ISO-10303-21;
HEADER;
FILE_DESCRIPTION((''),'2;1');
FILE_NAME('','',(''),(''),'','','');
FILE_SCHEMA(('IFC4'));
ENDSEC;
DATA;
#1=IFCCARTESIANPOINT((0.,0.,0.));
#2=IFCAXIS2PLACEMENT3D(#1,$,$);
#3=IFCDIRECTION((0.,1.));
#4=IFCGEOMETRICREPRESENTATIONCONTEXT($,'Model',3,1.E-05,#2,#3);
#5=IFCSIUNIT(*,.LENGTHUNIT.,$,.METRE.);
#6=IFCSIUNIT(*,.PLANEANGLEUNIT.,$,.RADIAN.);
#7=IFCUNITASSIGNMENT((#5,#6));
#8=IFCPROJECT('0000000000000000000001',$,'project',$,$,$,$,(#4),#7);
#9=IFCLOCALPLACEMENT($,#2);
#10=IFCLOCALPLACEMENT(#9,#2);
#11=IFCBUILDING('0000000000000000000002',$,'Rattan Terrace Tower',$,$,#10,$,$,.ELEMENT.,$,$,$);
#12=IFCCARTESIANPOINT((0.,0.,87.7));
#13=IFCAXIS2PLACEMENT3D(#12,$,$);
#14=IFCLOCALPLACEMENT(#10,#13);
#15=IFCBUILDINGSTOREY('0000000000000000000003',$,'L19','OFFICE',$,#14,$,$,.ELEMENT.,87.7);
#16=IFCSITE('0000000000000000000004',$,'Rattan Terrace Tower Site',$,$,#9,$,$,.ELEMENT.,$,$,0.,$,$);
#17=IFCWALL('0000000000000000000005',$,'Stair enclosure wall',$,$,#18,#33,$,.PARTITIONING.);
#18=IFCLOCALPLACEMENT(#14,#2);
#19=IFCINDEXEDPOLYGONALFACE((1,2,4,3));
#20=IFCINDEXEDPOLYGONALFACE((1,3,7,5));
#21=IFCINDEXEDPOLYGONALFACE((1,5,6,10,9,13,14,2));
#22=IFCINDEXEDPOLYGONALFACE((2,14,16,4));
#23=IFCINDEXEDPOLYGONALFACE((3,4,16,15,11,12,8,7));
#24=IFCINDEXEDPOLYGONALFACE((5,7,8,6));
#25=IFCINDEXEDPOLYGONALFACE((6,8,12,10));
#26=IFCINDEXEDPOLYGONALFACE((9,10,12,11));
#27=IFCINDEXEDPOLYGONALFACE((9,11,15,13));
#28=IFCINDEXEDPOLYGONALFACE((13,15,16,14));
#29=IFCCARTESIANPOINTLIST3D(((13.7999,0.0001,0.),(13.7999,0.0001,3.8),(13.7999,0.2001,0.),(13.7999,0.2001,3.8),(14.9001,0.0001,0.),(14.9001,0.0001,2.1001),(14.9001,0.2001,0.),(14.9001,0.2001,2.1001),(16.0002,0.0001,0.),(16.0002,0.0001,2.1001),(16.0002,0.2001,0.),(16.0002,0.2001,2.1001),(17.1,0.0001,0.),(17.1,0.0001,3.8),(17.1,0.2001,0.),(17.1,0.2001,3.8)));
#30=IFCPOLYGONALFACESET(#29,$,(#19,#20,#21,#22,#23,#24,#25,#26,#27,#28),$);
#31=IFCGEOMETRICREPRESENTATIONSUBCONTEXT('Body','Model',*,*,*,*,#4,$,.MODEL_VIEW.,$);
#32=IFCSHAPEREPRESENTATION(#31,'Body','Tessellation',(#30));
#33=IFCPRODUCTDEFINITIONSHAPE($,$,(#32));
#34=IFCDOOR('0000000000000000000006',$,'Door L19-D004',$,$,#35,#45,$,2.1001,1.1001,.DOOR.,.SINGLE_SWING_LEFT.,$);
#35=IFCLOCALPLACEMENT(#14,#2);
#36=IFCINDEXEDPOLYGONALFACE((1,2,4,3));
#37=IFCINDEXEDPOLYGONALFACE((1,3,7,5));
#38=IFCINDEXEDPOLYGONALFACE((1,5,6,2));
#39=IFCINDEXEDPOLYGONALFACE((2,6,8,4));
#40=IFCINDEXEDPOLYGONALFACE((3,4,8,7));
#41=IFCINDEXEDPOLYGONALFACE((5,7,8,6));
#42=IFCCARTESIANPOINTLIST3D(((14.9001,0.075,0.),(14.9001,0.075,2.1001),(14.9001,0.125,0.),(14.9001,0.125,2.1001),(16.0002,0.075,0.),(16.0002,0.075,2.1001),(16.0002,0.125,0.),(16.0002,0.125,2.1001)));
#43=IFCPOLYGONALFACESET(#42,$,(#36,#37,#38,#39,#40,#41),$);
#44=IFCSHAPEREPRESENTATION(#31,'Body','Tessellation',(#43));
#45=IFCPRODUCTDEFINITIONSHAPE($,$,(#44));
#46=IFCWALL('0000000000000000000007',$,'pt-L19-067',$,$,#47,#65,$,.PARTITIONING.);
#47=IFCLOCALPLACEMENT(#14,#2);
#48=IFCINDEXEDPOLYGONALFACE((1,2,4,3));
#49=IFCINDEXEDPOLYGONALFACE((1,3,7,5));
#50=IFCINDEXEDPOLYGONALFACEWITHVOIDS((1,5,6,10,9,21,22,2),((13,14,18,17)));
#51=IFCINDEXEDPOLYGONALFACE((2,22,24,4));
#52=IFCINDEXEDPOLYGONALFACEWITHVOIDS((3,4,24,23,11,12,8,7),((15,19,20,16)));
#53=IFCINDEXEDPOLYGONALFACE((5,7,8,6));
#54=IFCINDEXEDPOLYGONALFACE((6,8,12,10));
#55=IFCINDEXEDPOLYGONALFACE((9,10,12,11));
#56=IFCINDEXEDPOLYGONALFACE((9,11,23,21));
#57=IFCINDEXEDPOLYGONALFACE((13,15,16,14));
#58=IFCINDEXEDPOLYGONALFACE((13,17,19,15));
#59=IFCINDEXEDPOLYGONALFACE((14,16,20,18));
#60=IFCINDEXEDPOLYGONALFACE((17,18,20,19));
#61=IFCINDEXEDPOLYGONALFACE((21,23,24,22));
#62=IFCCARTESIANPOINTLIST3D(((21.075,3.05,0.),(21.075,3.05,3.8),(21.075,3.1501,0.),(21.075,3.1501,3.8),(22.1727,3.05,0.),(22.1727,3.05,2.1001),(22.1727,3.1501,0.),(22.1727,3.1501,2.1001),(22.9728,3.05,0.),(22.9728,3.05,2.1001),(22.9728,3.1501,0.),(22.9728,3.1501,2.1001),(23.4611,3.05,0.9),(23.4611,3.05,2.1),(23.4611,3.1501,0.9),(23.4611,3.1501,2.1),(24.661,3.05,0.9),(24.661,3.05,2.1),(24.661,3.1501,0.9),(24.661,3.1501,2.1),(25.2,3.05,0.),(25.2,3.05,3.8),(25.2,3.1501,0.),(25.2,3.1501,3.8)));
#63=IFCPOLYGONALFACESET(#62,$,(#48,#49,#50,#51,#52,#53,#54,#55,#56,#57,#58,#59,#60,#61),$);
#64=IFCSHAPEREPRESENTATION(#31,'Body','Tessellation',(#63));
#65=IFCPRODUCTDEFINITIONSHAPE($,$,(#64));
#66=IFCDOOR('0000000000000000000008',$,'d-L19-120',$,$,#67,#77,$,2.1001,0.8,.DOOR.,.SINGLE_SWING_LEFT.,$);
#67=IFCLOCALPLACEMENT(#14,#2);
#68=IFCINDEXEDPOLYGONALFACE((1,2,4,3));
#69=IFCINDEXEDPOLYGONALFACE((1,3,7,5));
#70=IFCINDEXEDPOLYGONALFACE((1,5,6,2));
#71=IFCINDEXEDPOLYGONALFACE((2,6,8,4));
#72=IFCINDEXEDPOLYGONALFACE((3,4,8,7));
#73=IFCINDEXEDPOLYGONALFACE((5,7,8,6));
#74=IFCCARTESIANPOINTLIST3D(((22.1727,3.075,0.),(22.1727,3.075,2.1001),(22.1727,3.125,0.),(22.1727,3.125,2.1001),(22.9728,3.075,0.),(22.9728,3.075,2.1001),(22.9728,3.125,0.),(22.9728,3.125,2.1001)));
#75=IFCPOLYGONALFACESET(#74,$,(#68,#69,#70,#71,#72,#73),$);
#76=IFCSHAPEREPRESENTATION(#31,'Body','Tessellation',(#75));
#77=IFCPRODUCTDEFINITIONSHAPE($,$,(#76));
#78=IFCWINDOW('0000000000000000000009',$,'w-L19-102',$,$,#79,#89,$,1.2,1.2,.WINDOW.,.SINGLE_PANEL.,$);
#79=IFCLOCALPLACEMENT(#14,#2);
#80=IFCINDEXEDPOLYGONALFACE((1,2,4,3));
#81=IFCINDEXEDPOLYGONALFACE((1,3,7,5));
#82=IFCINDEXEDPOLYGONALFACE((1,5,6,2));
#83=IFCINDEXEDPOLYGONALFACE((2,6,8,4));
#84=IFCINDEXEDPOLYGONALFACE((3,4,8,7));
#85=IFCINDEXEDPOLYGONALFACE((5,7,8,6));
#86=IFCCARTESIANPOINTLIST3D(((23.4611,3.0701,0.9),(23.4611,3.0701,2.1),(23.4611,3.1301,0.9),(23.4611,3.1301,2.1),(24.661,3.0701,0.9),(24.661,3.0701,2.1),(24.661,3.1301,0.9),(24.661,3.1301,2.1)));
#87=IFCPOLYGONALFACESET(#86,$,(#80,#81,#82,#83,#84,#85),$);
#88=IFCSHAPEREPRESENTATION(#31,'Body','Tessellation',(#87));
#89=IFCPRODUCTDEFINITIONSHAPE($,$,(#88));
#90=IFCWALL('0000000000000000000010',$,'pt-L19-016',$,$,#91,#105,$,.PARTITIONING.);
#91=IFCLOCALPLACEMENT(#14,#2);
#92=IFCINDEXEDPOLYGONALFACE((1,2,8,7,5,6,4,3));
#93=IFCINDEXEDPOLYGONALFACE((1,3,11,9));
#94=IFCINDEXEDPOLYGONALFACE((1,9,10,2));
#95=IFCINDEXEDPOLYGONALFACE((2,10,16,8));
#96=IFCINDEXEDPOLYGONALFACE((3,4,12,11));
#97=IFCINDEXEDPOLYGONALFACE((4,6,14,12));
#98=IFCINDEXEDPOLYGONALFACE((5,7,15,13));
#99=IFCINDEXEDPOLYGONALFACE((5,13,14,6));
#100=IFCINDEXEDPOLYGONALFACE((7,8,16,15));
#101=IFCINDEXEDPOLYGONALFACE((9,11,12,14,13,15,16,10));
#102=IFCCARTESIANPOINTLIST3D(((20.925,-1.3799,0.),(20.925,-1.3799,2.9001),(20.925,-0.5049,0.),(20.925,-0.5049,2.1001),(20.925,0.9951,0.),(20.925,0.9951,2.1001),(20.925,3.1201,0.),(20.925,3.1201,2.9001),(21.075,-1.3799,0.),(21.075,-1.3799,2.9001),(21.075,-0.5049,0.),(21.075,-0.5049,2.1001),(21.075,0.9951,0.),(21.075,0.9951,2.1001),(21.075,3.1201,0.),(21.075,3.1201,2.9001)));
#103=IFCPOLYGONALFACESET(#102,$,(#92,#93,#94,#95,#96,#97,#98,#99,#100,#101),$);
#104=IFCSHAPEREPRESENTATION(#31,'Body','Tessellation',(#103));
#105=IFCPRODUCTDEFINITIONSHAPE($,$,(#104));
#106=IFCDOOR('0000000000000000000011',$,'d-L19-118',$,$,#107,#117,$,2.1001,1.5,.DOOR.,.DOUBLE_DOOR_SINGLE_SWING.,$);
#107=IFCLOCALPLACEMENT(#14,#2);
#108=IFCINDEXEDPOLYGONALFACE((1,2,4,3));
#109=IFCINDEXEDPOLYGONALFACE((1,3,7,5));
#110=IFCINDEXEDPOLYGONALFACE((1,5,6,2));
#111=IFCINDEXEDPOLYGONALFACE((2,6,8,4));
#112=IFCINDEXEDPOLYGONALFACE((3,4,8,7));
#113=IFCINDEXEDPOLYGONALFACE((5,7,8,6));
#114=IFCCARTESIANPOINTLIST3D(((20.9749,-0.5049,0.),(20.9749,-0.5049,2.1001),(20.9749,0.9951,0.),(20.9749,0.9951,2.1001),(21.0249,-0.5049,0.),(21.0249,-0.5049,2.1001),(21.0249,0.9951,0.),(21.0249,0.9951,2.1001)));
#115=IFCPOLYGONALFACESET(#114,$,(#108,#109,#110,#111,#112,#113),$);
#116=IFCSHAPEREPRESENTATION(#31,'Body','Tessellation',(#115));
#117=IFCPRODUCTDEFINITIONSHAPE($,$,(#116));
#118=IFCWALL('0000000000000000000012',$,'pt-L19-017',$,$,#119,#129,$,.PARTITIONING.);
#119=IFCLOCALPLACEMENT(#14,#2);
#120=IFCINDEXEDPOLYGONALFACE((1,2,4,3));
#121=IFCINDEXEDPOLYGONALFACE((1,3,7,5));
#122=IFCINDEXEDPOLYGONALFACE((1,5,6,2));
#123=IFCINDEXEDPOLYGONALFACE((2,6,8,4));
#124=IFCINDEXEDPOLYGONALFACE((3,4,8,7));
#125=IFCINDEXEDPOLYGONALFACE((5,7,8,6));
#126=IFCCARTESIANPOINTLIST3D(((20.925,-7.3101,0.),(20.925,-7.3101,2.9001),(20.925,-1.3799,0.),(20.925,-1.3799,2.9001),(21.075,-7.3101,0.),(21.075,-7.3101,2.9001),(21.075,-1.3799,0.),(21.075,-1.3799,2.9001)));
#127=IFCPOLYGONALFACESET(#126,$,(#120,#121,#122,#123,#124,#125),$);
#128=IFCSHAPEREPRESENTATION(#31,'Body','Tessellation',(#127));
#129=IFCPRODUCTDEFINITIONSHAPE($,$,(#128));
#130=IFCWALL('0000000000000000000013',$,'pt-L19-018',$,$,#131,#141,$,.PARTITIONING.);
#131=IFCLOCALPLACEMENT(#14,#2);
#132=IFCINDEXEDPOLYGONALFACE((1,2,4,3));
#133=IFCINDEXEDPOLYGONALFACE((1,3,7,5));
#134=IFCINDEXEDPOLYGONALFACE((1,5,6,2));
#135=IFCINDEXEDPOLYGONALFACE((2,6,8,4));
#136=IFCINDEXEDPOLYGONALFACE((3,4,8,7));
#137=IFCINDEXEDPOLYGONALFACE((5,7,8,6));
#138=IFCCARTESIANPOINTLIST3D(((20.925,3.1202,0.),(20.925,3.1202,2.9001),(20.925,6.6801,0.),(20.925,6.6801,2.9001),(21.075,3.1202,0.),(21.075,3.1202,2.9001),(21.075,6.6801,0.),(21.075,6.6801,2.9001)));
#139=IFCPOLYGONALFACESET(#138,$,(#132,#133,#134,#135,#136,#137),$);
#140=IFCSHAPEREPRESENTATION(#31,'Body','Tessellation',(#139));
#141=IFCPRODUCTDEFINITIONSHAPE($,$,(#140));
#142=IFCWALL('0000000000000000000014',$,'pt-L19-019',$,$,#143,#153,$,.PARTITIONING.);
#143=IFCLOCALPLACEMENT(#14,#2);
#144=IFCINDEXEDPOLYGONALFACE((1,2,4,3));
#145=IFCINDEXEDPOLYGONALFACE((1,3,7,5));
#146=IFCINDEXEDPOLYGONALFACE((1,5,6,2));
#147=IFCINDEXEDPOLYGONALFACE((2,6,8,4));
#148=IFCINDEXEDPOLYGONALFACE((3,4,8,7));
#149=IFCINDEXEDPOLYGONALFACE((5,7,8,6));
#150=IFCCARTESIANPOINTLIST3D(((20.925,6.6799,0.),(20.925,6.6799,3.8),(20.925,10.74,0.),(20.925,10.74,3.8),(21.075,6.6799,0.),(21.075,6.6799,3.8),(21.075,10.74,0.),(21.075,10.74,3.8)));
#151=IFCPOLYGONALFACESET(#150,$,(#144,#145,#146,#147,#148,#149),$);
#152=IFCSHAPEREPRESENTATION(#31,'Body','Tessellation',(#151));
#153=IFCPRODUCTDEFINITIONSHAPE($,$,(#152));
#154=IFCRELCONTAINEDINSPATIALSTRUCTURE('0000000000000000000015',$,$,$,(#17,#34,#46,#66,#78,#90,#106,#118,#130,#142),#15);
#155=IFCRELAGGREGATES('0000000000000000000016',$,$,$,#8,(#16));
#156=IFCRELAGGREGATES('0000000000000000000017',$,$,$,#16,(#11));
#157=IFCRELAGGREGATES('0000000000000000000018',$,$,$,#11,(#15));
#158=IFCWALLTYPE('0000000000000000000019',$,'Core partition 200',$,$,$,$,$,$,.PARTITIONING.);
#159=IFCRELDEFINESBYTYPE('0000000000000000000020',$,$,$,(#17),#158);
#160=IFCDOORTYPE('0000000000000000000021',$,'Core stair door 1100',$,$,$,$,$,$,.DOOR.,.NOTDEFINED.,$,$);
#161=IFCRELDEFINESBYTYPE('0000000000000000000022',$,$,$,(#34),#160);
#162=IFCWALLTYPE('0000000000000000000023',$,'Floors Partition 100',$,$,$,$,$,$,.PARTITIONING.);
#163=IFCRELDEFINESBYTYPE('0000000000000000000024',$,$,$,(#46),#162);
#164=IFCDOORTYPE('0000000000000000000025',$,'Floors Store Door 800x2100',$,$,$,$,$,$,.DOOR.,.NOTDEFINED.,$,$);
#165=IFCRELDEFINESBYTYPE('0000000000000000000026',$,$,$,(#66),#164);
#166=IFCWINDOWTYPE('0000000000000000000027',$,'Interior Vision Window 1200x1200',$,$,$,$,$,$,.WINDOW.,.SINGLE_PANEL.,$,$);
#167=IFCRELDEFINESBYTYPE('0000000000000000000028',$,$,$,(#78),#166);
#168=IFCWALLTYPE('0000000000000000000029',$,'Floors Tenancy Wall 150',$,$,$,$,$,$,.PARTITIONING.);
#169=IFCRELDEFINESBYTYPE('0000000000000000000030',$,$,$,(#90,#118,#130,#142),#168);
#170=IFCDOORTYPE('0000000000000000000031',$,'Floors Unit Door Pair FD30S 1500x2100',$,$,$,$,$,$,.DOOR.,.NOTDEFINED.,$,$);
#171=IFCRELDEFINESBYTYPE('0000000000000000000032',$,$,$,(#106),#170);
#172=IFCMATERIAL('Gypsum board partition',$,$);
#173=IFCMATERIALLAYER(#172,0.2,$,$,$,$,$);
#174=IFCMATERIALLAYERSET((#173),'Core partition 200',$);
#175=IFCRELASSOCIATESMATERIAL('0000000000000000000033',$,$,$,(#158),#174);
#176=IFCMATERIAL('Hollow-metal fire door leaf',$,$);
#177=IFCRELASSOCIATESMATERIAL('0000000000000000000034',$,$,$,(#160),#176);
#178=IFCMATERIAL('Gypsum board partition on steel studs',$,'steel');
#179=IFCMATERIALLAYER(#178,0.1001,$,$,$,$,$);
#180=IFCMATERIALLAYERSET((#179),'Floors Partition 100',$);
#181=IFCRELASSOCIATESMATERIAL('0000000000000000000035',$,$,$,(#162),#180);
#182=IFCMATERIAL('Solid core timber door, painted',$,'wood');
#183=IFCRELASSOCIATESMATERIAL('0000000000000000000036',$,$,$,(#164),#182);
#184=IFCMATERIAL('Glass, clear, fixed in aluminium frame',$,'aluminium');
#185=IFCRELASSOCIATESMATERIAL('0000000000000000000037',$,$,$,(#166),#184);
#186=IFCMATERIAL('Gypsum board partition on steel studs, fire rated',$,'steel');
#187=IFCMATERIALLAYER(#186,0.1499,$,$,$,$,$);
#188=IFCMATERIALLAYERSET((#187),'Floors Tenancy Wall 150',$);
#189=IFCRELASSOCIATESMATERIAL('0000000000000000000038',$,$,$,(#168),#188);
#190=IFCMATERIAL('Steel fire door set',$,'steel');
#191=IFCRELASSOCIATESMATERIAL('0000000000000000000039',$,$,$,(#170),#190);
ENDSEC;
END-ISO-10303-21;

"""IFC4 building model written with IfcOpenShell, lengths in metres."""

from ifc_helpers import new_model, si_unit, direction, frame, frame_2d, origin, place, context, subcontext, project, spatial, rectangle, extrude, material, layer, layer_set, type_object, element, fill, save


model = new_model("IFC4")

# Units and contexts
model_context = context("Model", 3, precision=1e-05, world=origin(), true_north=direction((0.0, 1.0)))
body_context = subcontext(model_context, "Body", "Model", "MODEL_VIEW")
ifc_project = project(units=[si_unit("LENGTHUNIT", "METRE"), si_unit("PLANEANGLEUNIT", "RADIAN")], contexts=[model_context])

# Site, building, storey
site_placement = place(None, origin())
site = spatial("IfcSite", under=ifc_project, at=site_placement, Name="Rattan Terrace Tower Site", CompositionType="ELEMENT", RefElevation=0.0)
building_placement = place(site_placement, origin())
building = spatial("IfcBuilding", under=site, at=building_placement, Name="Rattan Terrace Tower", CompositionType="ELEMENT")
storey_placement = place(building_placement, frame((0.0, 0.0, 87.7)))
storey = spatial("IfcBuildingStorey", under=building, at=storey_placement, Name="L19", Description="OFFICE", CompositionType="ELEMENT", Elevation=87.7)

# Wall, opening, door
ifc_material_1 = material(Name="Gypsum board partition")
ifc_layer_1 = layer(ifc_material_1, 0.2)
ifc_layer_set_1 = layer_set([ifc_layer_1], Name="Core partition 200")
wall_type_1 = type_object("IfcWallType", Name="Core partition 200", PredefinedType="PARTITIONING", material=ifc_layer_set_1)
wall_1_placement = place(storey_placement, frame((13.8, 0.1001, 0.0), z_axis=(0.0, 0.0, 1.0), x_axis=(1.0, 0.0, 0.0)))
wall_1 = element("IfcWall", 1, at=wall_1_placement, inside=storey, type_object=wall_type_1, Name="Stair enclosure wall", PredefinedType="PARTITIONING", context=body_context, shape_type="SweptSolid", body=[
    extrude(rectangle(XDim=3.3, YDim=0.2, at=frame_2d((1.6499, 0.0))), origin(), (0.0, 0.0, 1.0), 3.8),
])
opening_1_placement = place(wall_1_placement, frame((1.1001, 0.0, 0.0)))
opening_1 = element("IfcOpeningElement", 2, at=opening_1_placement, cuts=wall_1, PredefinedType="OPENING", context=body_context, shape_type="SweptSolid", body=[
    extrude(rectangle(XDim=1.1001, YDim=2.1001, at=frame_2d((0.55, 1.05))), frame((0.0, 0.1106, 0.0), z_axis=(0.0, -1.0, 0.0), x_axis=(1.0, 0.0, 0.0)), (0.0, 0.0, 1.0), 0.2209),
])
ifc_material_2 = material(Name="Hollow-metal fire door leaf")
door_type_1 = type_object("IfcDoorType", Name="Core stair door 1100", OperationType="NOTDEFINED", PredefinedType="DOOR", material=ifc_material_2)
door_1_placement = place(opening_1_placement, origin())
door_1 = element("IfcDoor", 3, at=door_1_placement, inside=storey, type_object=door_type_1, Name="Door L19-D004", OperationType="SINGLE_SWING_LEFT", OverallHeight=2.1001, OverallWidth=1.1001, PredefinedType="DOOR", context=body_context, shape_type="SweptSolid", body=[
    extrude(rectangle(XDim=1.1001, YDim=2.1001, at=frame_2d((0.55, 1.05))), frame((0.0, 0.0249, 0.0), z_axis=(0.0, -1.0, 0.0), x_axis=(1.0, 0.0, 0.0)), (0.0, 0.0, 1.0), 0.05),
])
fill(opening_1, door_1)

# Wall, openings, door, window
ifc_material_3 = material(Name="Gypsum board partition on steel studs", Category="steel")
ifc_layer_2 = layer(ifc_material_3, 0.1001)
ifc_layer_set_2 = layer_set([ifc_layer_2], Name="Floors Partition 100")
wall_type_2 = type_object("IfcWallType", Name="Floors Partition 100", PredefinedType="PARTITIONING", material=ifc_layer_set_2)
wall_2_placement = place(storey_placement, frame((21.075, 3.1001, 0.0), z_axis=(0.0, 0.0, 1.0), x_axis=(1.0, 0.0, 0.0)))
wall_2 = element("IfcWall", 4, at=wall_2_placement, inside=storey, type_object=wall_type_2, Name="pt-L19-067", PredefinedType="PARTITIONING", context=body_context, shape_type="SweptSolid", body=[
    extrude(rectangle(XDim=4.125, YDim=0.1001, at=frame_2d((2.0625, 0.0))), origin(), (0.0, 0.0, 1.0), 3.8),
])
opening_2_placement = place(wall_2_placement, frame((1.0979, 0.0, 0.0)))
opening_2 = element("IfcOpeningElement", 5, at=opening_2_placement, cuts=wall_2, PredefinedType="OPENING", context=body_context, shape_type="SweptSolid", body=[
    extrude(rectangle(XDim=0.8, YDim=2.1001, at=frame_2d((0.3999, 1.05))), frame((0.0, 0.0605, 0.0), z_axis=(0.0, -1.0, 0.0), x_axis=(1.0, 0.0, 0.0)), (0.0, 0.0, 1.0), 0.1211),
])
opening_3_placement = place(wall_2_placement, frame((2.386, 0.0, 0.8999)))
opening_3 = element("IfcOpeningElement", 6, at=opening_3_placement, cuts=wall_2, PredefinedType="OPENING", context=body_context, shape_type="SweptSolid", body=[
    extrude(rectangle(XDim=1.2, YDim=1.2, at=frame_2d((0.6001, 0.6001))), frame((0.0, 0.0605, 0.0), z_axis=(0.0, -1.0, 0.0), x_axis=(1.0, 0.0, 0.0)), (0.0, 0.0, 1.0), 0.1211),
])
ifc_material_4 = material(Name="Solid core timber door, painted", Category="wood")
door_type_2 = type_object("IfcDoorType", Name="Floors Store Door 800x2100", OperationType="NOTDEFINED", PredefinedType="DOOR", material=ifc_material_4)
door_2_placement = place(opening_2_placement, origin())
door_2 = element("IfcDoor", 7, at=door_2_placement, inside=storey, type_object=door_type_2, Name="d-L19-120", OperationType="SINGLE_SWING_LEFT", OverallHeight=2.1001, OverallWidth=0.8, PredefinedType="DOOR", context=body_context, shape_type="SweptSolid", body=[
    extrude(rectangle(XDim=0.8, YDim=2.1001, at=frame_2d((0.3999, 1.05))), frame((0.0, 0.0249, 0.0), z_axis=(0.0, -1.0, 0.0), x_axis=(1.0, 0.0, 0.0)), (0.0, 0.0, 1.0), 0.05),
])
fill(opening_2, door_2)
ifc_material_5 = material(Name="Glass, clear, fixed in aluminium frame", Category="aluminium")
window_type = type_object("IfcWindowType", Name="Interior Vision Window 1200x1200", PartitioningType="SINGLE_PANEL", PredefinedType="WINDOW", material=ifc_material_5)
window_placement = place(opening_3_placement, origin())
window = element("IfcWindow", 8, at=window_placement, inside=storey, type_object=window_type, Name="w-L19-102", OverallHeight=1.2, OverallWidth=1.2, PartitioningType="SINGLE_PANEL", PredefinedType="WINDOW", context=body_context, shape_type="SweptSolid", body=[
    extrude(rectangle(XDim=1.2, YDim=1.2, at=frame_2d((0.6001, 0.6001))), frame((0.0, 0.03, 0.0), z_axis=(0.0, -1.0, 0.0), x_axis=(1.0, 0.0, 0.0)), (0.0, 0.0, 1.0), 0.0601),
])
fill(opening_3, window)

# Wall, opening, door
ifc_material_6 = material(Name="Gypsum board partition on steel studs, fire rated", Category="steel")
ifc_layer_3 = layer(ifc_material_6, 0.1499)
ifc_layer_set_3 = layer_set([ifc_layer_3], Name="Floors Tenancy Wall 150")
wall_type_3 = type_object("IfcWallType", Name="Floors Tenancy Wall 150", PredefinedType="PARTITIONING", material=ifc_layer_set_3)
wall_3_placement = place(storey_placement, frame((21.0, 3.1201, 0.0), z_axis=(0.0, 0.0, 1.0), x_axis=(0.0, -1.0, 0.0)))
wall_3 = element("IfcWall", 9, at=wall_3_placement, inside=storey, type_object=wall_type_3, Name="pt-L19-016", PredefinedType="PARTITIONING", context=body_context, shape_type="SweptSolid", body=[
    extrude(rectangle(XDim=4.5, YDim=0.1499, at=frame_2d((2.25, 0.0))), origin(), (0.0, 0.0, 1.0), 2.9001),
])
opening_4_placement = place(wall_3_placement, frame((2.125, 0.0, 0.0)))
opening_4 = element("IfcOpeningElement", 10, at=opening_4_placement, cuts=wall_3, PredefinedType="OPENING", context=body_context, shape_type="SweptSolid", body=[
    extrude(rectangle(XDim=1.5, YDim=2.1001, at=frame_2d((0.75, 1.05))), frame((0.0, 0.0854, 0.0), z_axis=(0.0, -1.0, 0.0), x_axis=(1.0, 0.0, 0.0)), (0.0, 0.0, 1.0), 0.1709),
])
ifc_material_7 = material(Name="Steel fire door set", Category="steel")
door_type_3 = type_object("IfcDoorType", Name="Floors Unit Door Pair FD30S 1500x2100", OperationType="NOTDEFINED", PredefinedType="DOOR", material=ifc_material_7)
door_3_placement = place(opening_4_placement, origin())
door_3 = element("IfcDoor", 11, at=door_3_placement, inside=storey, type_object=door_type_3, Name="d-L19-118", OperationType="DOUBLE_DOOR_SINGLE_SWING", OverallHeight=2.1001, OverallWidth=1.5, PredefinedType="DOOR", context=body_context, shape_type="SweptSolid", body=[
    extrude(rectangle(XDim=1.5, YDim=2.1001, at=frame_2d((0.75, 1.05))), frame((0.0, 0.0249, 0.0), z_axis=(0.0, -1.0, 0.0), x_axis=(1.0, 0.0, 0.0)), (0.0, 0.0, 1.0), 0.05),
])
fill(opening_4, door_3)

# Walls
wall_4_placement = place(storey_placement, frame((21.0, -1.3799, 0.0), z_axis=(0.0, 0.0, 1.0), x_axis=(0.0, -1.0, 0.0)))
element("IfcWall", 12, at=wall_4_placement, inside=storey, type_object=wall_type_3, Name="pt-L19-017", PredefinedType="PARTITIONING", context=body_context, shape_type="SweptSolid", body=[
    extrude(rectangle(XDim=5.9302, YDim=0.1499, at=frame_2d((2.9651, 0.0))), origin(), (0.0, 0.0, 1.0), 2.9001),
])
wall_5_placement = place(storey_placement, frame((21.0, 6.6799, 0.0), z_axis=(0.0, 0.0, 1.0), x_axis=(0.0, -1.0, 0.0)))
element("IfcWall", 13, at=wall_5_placement, inside=storey, type_object=wall_type_3, Name="pt-L19-018", PredefinedType="PARTITIONING", context=body_context, shape_type="SweptSolid", body=[
    extrude(rectangle(XDim=3.5598, YDim=0.1499, at=frame_2d((1.7798, 0.0))), origin(), (0.0, 0.0, 1.0), 2.9001),
])
wall_6_placement = place(storey_placement, frame((21.0, 10.74, 0.0), z_axis=(0.0, 0.0, 1.0), x_axis=(0.0, -1.0, 0.0)))
element("IfcWall", 14, at=wall_6_placement, inside=storey, type_object=wall_type_3, Name="pt-L19-019", PredefinedType="PARTITIONING", context=body_context, shape_type="SweptSolid", body=[
    extrude(rectangle(XDim=4.0601, YDim=0.1499, at=frame_2d((2.03, 0.0))), origin(), (0.0, 0.0, 1.0), 3.8),
])

save(model, "model.ifc")
